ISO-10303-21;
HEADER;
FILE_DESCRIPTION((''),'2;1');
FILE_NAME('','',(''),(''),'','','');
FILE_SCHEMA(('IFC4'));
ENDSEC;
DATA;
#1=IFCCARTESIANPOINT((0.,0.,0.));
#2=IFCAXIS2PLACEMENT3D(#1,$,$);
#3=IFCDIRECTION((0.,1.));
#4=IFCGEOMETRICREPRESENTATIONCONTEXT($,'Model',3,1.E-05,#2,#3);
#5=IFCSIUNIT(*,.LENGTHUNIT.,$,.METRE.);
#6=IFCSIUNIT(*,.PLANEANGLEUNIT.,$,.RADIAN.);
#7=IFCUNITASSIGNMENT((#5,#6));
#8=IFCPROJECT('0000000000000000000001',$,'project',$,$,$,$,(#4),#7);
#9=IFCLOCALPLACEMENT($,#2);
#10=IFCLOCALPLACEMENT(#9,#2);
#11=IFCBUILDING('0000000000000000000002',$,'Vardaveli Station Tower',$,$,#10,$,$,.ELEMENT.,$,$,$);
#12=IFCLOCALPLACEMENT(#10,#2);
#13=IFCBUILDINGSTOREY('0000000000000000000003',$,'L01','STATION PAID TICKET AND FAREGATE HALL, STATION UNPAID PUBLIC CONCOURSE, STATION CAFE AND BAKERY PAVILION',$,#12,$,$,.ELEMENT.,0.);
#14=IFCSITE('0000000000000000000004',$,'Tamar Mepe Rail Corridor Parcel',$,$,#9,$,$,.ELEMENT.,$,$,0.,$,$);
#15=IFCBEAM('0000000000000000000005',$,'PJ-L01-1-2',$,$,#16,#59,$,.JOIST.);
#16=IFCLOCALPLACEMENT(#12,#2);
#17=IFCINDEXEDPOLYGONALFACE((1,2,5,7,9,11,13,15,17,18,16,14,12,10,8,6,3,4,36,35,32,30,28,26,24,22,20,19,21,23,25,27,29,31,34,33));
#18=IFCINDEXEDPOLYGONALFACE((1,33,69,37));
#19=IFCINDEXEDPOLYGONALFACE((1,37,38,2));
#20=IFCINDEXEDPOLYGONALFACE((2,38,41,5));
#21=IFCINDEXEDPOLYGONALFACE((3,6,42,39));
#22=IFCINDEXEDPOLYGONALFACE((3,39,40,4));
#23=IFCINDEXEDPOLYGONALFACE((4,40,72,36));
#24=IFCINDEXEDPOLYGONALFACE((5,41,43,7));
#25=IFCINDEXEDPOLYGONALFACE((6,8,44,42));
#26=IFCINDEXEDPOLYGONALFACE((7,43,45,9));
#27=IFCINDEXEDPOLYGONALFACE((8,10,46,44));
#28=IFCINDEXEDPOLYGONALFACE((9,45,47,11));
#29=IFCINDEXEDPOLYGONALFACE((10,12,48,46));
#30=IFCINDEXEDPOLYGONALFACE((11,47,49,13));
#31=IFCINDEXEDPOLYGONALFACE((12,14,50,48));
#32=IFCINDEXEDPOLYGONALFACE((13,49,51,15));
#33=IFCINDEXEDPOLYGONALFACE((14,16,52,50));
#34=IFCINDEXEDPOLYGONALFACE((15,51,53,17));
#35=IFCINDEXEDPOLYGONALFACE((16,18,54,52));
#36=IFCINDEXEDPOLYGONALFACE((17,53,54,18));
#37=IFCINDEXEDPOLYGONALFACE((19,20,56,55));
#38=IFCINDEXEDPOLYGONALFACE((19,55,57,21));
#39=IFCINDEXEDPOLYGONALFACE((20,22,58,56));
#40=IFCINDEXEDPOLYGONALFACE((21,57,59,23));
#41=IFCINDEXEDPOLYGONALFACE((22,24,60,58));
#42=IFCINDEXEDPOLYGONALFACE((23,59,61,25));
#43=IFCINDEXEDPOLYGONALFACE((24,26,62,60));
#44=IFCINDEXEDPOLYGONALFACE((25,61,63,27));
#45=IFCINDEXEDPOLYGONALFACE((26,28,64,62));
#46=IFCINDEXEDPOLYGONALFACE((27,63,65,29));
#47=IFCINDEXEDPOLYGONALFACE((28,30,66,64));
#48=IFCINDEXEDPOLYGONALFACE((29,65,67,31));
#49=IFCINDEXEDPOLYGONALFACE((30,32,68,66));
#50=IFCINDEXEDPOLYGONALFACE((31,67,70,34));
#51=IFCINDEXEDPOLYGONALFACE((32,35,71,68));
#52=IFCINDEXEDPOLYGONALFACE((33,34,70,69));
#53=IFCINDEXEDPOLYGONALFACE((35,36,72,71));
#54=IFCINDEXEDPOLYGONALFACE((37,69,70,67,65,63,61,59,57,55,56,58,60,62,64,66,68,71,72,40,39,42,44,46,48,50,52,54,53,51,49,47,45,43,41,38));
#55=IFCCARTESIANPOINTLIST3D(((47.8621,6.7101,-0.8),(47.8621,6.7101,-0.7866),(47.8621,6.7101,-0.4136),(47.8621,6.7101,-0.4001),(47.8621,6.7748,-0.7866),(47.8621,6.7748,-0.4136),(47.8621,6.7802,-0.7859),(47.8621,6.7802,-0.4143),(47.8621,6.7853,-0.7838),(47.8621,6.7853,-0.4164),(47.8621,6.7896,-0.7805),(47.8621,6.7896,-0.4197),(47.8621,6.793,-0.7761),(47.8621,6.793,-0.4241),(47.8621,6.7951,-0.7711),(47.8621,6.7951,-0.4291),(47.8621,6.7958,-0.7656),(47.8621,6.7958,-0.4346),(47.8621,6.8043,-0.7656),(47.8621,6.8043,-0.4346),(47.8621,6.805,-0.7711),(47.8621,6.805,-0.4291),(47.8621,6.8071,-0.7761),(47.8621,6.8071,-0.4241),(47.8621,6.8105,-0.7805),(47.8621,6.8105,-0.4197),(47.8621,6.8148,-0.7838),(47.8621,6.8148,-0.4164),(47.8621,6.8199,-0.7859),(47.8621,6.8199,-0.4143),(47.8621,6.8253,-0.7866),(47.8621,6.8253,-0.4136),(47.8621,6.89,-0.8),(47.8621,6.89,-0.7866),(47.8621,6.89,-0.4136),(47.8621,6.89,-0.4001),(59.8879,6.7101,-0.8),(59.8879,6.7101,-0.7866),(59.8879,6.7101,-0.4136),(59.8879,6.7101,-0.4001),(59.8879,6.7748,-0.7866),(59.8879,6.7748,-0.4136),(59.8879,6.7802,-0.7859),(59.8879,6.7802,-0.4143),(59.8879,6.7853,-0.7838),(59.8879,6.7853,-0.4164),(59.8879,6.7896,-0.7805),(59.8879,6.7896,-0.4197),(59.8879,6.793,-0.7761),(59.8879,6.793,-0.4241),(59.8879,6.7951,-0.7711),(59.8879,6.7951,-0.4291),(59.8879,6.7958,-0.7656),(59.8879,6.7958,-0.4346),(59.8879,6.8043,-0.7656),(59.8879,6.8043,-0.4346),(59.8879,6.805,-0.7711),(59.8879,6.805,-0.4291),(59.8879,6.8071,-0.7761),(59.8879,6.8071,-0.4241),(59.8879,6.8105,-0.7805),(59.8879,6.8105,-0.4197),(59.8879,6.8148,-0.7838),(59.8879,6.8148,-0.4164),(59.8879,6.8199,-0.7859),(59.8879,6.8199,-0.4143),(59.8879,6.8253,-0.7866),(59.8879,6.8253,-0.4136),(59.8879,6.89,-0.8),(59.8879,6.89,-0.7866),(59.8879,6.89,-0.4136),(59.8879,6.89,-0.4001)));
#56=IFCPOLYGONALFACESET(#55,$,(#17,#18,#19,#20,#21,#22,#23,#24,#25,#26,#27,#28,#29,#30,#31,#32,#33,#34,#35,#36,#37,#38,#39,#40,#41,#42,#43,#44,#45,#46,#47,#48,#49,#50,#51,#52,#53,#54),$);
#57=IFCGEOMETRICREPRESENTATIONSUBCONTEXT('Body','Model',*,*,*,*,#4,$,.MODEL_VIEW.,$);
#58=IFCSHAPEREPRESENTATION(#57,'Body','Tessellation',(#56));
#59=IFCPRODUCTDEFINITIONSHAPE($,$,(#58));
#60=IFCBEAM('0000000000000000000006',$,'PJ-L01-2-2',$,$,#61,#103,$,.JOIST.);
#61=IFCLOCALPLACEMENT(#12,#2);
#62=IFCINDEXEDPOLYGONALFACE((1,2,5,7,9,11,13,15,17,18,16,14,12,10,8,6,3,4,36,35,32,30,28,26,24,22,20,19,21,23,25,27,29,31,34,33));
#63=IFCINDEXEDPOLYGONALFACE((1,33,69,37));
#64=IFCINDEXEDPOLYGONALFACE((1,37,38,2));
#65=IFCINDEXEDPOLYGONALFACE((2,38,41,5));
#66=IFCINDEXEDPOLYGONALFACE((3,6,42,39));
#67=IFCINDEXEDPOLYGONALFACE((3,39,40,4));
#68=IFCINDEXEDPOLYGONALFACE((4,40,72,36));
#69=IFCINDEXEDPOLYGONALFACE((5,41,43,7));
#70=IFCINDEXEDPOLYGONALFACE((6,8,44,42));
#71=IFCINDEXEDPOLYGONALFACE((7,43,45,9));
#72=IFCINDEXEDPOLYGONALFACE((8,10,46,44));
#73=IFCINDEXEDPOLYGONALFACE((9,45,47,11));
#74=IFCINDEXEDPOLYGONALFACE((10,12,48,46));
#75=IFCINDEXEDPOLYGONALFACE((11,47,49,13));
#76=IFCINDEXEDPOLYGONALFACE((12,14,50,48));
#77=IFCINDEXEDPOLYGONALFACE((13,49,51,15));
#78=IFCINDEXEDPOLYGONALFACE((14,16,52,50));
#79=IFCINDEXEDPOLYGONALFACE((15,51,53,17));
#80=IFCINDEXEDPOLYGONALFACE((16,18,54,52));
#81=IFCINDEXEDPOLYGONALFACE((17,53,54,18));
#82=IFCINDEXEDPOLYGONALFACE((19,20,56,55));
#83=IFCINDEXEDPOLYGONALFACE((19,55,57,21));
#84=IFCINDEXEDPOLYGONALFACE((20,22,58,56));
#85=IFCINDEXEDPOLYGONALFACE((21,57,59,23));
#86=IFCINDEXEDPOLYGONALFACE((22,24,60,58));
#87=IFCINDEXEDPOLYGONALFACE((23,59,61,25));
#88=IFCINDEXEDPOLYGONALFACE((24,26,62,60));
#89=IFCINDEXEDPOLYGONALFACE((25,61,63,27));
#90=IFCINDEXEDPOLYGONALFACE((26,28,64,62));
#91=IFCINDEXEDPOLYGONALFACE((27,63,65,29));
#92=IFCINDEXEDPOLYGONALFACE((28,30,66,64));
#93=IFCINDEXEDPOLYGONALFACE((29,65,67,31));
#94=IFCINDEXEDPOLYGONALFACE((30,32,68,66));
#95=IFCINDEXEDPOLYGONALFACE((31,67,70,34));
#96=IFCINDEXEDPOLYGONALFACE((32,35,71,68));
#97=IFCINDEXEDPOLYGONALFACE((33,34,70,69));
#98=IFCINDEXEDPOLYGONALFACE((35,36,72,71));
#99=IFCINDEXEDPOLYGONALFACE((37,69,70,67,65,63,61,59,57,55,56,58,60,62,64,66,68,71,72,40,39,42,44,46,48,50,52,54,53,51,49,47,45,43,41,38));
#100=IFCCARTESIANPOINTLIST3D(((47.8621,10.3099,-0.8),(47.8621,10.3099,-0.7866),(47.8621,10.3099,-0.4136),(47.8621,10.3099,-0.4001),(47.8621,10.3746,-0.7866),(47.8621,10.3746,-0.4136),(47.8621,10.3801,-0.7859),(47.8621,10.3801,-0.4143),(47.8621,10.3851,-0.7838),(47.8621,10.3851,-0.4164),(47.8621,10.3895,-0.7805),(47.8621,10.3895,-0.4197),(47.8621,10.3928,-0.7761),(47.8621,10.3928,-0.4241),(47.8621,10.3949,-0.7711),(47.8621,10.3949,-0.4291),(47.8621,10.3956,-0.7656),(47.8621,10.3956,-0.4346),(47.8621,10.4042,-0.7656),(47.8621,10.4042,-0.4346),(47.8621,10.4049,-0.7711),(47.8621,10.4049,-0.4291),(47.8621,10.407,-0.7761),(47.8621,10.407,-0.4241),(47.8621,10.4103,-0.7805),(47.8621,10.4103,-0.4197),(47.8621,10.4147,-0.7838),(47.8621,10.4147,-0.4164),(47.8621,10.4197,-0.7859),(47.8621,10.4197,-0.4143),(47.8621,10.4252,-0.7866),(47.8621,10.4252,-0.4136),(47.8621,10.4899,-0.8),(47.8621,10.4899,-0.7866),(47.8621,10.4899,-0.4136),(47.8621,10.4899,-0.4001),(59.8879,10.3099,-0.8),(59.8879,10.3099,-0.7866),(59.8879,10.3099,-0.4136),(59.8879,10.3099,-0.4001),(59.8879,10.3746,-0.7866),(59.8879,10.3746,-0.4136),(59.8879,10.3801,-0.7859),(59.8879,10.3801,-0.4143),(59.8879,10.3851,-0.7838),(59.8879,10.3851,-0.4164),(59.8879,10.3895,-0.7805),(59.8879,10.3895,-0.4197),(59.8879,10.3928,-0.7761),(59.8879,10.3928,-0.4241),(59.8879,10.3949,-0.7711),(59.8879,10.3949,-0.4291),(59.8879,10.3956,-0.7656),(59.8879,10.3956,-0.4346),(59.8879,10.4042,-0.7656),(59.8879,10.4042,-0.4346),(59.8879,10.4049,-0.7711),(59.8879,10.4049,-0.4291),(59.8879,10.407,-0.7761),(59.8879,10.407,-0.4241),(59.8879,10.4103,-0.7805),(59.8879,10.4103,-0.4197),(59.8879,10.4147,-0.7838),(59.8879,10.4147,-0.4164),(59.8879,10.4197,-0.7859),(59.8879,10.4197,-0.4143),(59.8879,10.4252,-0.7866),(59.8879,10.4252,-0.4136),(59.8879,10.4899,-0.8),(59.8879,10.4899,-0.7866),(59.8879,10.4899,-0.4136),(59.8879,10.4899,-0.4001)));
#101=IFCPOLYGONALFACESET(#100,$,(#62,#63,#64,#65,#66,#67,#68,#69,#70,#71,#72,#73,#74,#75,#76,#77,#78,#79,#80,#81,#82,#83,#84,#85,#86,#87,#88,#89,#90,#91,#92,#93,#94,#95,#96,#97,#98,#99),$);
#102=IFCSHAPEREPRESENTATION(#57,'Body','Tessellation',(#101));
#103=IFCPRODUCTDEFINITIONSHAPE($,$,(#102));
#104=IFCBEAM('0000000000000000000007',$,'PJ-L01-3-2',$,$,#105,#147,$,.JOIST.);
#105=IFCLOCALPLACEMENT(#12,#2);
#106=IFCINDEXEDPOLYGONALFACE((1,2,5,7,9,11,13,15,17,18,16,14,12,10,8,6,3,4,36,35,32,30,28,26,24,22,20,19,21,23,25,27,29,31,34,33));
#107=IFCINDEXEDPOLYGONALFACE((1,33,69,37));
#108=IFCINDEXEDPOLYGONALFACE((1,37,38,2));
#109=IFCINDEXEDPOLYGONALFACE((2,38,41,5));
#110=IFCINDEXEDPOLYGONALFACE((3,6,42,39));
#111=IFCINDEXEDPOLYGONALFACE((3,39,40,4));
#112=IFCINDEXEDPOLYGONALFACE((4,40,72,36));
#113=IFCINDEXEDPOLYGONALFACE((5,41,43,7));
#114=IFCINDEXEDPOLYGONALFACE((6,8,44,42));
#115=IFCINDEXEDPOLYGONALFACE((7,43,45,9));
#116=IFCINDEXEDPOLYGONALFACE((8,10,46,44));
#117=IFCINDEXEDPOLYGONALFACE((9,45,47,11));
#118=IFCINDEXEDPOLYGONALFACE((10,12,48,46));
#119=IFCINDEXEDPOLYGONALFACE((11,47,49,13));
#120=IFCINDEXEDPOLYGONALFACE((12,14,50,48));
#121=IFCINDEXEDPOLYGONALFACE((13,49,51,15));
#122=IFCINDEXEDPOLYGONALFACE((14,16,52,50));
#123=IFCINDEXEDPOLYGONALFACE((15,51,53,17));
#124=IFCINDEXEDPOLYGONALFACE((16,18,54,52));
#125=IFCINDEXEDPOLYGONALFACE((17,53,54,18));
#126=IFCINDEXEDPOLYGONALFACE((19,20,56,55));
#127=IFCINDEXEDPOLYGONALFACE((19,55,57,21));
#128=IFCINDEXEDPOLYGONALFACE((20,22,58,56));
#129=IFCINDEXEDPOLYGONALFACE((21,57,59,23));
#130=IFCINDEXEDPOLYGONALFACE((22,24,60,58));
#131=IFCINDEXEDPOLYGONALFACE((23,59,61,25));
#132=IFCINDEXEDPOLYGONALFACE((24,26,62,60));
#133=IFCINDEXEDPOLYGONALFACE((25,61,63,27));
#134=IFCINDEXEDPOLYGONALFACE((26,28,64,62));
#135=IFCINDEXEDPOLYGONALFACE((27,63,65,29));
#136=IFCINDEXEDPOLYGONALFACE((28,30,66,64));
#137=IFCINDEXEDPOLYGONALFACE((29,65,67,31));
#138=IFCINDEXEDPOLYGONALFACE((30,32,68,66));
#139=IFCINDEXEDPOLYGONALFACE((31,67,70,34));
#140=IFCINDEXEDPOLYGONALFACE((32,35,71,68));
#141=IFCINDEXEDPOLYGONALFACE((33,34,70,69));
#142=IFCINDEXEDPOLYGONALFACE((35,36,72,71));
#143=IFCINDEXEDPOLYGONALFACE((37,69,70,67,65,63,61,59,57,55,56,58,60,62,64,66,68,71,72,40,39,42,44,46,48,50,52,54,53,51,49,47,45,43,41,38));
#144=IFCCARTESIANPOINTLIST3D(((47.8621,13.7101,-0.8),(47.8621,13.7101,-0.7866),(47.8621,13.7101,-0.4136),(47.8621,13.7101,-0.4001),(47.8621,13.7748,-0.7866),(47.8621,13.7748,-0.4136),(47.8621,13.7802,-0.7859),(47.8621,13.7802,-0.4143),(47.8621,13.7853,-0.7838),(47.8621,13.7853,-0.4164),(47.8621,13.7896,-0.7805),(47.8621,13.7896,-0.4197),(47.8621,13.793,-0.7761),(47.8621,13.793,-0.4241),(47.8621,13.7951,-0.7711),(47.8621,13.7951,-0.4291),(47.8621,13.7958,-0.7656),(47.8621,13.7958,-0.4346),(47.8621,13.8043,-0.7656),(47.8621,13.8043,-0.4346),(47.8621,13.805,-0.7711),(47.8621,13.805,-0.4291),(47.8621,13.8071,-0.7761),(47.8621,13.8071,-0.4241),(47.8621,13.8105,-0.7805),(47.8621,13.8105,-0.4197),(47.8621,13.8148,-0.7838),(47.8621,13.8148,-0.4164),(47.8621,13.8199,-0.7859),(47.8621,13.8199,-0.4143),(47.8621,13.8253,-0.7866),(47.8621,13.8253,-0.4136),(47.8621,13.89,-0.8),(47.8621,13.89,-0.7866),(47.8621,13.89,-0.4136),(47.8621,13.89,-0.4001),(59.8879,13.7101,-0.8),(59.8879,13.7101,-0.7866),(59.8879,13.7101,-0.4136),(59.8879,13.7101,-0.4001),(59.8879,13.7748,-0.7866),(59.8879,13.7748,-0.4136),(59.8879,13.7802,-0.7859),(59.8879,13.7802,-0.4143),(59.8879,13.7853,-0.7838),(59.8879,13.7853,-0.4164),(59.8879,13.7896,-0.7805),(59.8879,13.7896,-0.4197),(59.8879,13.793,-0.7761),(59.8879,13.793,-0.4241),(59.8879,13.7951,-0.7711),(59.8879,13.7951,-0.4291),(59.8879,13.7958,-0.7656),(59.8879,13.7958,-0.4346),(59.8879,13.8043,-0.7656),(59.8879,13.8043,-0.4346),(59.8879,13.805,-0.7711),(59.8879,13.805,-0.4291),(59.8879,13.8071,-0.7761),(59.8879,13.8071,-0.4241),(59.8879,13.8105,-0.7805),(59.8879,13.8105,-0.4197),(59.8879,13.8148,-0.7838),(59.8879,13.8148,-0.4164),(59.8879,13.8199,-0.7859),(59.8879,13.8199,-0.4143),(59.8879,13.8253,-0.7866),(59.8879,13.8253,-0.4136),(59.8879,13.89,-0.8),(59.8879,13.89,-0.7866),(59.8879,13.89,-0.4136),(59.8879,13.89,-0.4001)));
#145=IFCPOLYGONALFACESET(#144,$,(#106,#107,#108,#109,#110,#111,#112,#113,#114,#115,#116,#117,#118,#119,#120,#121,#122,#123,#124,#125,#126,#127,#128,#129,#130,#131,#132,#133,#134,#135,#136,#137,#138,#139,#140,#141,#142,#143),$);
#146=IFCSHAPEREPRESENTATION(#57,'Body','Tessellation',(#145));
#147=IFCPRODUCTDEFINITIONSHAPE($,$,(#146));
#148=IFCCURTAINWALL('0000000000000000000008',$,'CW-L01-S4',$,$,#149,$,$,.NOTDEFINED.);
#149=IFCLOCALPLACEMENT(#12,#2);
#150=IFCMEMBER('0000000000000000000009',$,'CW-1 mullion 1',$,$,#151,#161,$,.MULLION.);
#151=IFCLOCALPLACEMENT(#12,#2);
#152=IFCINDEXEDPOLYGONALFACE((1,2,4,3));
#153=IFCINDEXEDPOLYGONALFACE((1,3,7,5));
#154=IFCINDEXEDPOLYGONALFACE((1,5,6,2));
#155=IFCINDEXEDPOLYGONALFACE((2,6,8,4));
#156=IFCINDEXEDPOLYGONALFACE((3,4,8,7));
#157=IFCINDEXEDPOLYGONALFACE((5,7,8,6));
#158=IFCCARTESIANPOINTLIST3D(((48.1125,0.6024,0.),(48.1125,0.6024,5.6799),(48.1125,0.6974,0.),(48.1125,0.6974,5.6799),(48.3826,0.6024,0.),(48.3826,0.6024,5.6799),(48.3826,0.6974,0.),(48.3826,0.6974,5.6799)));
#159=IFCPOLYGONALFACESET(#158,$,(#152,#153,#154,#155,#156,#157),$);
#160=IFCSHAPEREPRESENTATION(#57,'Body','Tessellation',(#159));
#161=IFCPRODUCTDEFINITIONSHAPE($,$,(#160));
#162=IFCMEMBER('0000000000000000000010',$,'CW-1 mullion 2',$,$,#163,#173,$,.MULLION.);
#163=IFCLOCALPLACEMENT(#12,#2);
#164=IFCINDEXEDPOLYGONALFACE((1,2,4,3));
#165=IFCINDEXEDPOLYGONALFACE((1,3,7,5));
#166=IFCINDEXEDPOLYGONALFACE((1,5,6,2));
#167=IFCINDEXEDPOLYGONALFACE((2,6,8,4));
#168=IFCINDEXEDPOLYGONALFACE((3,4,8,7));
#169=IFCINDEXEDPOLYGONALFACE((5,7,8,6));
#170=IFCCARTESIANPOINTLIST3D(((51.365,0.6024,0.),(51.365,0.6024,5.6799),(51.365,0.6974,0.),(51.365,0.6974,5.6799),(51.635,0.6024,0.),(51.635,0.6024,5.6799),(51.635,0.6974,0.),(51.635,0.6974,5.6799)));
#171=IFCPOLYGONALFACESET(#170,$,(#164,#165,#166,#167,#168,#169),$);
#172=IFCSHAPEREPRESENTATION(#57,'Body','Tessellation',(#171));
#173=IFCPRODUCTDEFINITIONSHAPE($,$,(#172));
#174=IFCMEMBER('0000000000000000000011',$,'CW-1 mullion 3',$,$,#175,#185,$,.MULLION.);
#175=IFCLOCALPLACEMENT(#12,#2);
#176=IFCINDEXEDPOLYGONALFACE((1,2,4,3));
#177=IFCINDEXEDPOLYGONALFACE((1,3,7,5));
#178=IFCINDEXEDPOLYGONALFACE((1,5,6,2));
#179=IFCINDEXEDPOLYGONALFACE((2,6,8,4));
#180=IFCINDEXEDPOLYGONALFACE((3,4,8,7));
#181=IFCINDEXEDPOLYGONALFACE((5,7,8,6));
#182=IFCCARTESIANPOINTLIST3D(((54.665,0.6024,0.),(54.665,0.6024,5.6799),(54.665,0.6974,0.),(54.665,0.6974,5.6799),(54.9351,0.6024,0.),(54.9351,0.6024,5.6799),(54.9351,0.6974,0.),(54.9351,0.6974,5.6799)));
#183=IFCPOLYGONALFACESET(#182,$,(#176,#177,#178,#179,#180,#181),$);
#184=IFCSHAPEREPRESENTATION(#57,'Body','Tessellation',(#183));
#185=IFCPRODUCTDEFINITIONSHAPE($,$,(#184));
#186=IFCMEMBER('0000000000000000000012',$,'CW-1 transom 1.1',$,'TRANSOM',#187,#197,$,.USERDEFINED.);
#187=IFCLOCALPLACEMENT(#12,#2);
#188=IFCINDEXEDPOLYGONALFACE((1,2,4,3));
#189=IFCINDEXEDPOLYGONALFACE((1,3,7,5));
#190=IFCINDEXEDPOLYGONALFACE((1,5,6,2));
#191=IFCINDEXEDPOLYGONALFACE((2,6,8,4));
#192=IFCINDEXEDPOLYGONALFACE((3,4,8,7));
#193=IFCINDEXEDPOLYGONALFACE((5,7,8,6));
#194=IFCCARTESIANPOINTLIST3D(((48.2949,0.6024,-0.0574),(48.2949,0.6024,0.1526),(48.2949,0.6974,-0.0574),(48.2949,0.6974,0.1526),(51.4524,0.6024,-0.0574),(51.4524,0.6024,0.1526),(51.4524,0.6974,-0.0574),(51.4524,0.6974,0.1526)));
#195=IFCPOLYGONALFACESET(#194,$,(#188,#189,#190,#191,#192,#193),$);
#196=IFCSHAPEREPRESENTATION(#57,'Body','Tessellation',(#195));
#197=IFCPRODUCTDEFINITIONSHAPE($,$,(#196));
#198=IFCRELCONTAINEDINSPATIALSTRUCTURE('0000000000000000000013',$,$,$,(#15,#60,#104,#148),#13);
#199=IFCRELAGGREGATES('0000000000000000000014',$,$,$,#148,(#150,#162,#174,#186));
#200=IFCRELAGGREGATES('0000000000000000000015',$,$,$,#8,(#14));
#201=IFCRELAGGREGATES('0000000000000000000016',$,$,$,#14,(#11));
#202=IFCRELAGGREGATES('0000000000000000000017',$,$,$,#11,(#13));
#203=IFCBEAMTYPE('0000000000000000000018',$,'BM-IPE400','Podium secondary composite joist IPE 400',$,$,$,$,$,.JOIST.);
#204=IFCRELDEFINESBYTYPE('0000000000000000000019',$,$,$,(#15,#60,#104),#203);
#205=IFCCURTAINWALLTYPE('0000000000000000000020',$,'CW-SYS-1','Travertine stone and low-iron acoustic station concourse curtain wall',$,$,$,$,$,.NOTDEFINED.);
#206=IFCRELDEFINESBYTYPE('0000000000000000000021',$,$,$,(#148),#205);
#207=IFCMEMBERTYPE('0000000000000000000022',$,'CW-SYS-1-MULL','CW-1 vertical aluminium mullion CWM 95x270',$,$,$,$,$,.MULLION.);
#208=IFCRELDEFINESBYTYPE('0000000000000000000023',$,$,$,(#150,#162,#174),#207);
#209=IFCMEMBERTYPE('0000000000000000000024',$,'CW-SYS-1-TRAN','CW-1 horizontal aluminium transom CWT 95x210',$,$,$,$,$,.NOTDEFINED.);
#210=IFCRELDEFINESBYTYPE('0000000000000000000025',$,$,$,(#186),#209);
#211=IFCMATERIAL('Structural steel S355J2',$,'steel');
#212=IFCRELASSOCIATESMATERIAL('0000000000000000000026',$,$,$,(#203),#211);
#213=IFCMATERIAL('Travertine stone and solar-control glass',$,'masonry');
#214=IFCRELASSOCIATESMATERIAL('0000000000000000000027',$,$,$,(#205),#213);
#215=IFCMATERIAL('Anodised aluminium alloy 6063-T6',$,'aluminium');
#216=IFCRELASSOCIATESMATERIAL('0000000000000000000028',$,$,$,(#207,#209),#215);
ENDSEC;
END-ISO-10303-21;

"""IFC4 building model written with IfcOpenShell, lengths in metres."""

from ifc_helpers import new_model, si_unit, direction, frame, origin, origin_2d, place, context, subcontext, project, spatial, rectangle, i_section, extrude, source, transform, mapped, material, material_profile, profile_set, type_object, element, aggregate, save


model = new_model("IFC4")

# Units and contexts
model_context = context("Model", 3, precision=1e-05, world=origin(), true_north=direction((0.0, 1.0)))
body_context = subcontext(model_context, "Body", "Model", "MODEL_VIEW")
ifc_project = project(units=[si_unit("LENGTHUNIT", "METRE"), si_unit("PLANEANGLEUNIT", "RADIAN")], contexts=[model_context])

# Site, building, storey
site_placement = place(None, origin())
site = spatial("IfcSite", under=ifc_project, at=site_placement, Name="Tamar Mepe Rail Corridor Parcel", CompositionType="ELEMENT", RefElevation=0.0)
building_placement = place(site_placement, origin())
building = spatial("IfcBuilding", under=site, at=building_placement, Name="Vardaveli Station Tower", CompositionType="ELEMENT")
storey_placement = place(building_placement, origin())
storey = spatial("IfcBuildingStorey", under=building, at=storey_placement, Name="L01", Description="STATION PAID TICKET AND FAREGATE HALL, STATION UNPAID PUBLIC CONCOURSE, STATION CAFE AND BAKERY PAVILION", CompositionType="ELEMENT", Elevation=0.0)

# Beams
ifc_material_1 = material(Name="Structural steel S355J2", Category="steel")
ifc_material_profile_1 = material_profile(ifc_material_1, i_section(OverallWidth=0.1799, OverallDepth=0.3999, WebThickness=0.0085, FlangeThickness=0.0134, FilletRadius=0.021, at=origin_2d()), Name="IPE 400")
ifc_profile_set_1 = profile_set([ifc_material_profile_1], Name="Structural steel S355J2")
beam_type_1 = type_object("IfcBeamType", Name="BM-IPE400", Description="Podium secondary composite joist IPE 400", PredefinedType="JOIST", material=ifc_profile_set_1)
shared_shape_1 = source(origin(), body_context, "Body", "SweptSolid", [
    extrude(i_section(OverallWidth=0.1799, OverallDepth=0.3999, WebThickness=0.0085, FlangeThickness=0.0134, FilletRadius=0.021, at=origin_2d()), origin(), (0.0, 0.0, 1.0), 12.0259),
])
for number, where, z_axis, x_axis, name in (
    (1, (47.8621, 6.8, -0.6001), (1.0, 0.0, 0.0), (0.0, 1.0, 0.0), "PJ-L01-1-2"),
    (2, (47.8621, 10.3999, -0.6001), (1.0, 0.0, 0.0), (0.0, 1.0, 0.0), "PJ-L01-2-2"),
    (3, (47.8621, 13.8, -0.6001), (1.0, 0.0, 0.0), (0.0, 1.0, 0.0), "PJ-L01-3-2"),
):
    element("IfcBeam", number, at=place(storey_placement, frame(where, z_axis=z_axis, x_axis=x_axis)), inside=storey, type_object=beam_type_1, Name=name, PredefinedType="JOIST", context=body_context, shape_type="MappedRepresentation", body=[
        mapped(shared_shape_1, transform((0.0, 0.0, 0.0), scale=1.0)),
    ])

# Curtain wall, members
ifc_material_2 = material(Name="Travertine stone and solar-control glass", Category="masonry")
curtain_wall_type = type_object("IfcCurtainWallType", Name="CW-SYS-1", Description="Travertine stone and low-iron acoustic station concourse curtain wall", PredefinedType="NOTDEFINED", material=ifc_material_2)
curtain_wall_placement = place(storey_placement, origin())
curtain_wall = element("IfcCurtainWall", 4, at=curtain_wall_placement, inside=storey, type_object=curtain_wall_type, Name="CW-L01-S4", PredefinedType="NOTDEFINED")
ifc_material_3 = material(Name="Anodised aluminium alloy 6063-T6", Category="aluminium")
ifc_material_profile_2 = material_profile(ifc_material_3, rectangle(XDim=0.095, YDim=0.27, at=origin_2d()), Name="CWM 95x270")
ifc_profile_set_2 = profile_set([ifc_material_profile_2], Name="Anodised aluminium alloy 6063-T6")
member_type_1 = type_object("IfcMemberType", Name="CW-SYS-1-MULL", Description="CW-1 vertical aluminium mullion CWM 95x270", PredefinedType="MULLION", material=ifc_profile_set_2)
shared_shape_2 = source(origin(), body_context, "Body", "SweptSolid", [
    extrude(rectangle(XDim=0.095, YDim=0.27, at=origin_2d()), origin(), (0.0, 0.0, 1.0), 5.6799),
])
member_1_placement = place(storey_placement, frame((48.2476, 0.6499, 0.0), z_axis=(0.0, 0.0, 1.0), x_axis=(0.0, 1.0, 0.0)))
member_1 = element("IfcMember", 5, at=member_1_placement, type_object=member_type_1, Name="CW-1 mullion 1", PredefinedType="MULLION", context=body_context, shape_type="MappedRepresentation", body=[
    mapped(shared_shape_2, transform((0.0, 0.0, 0.0), scale=1.0)),
])
member_2_placement = place(storey_placement, frame((51.5, 0.6499, 0.0), z_axis=(0.0, 0.0, 1.0), x_axis=(0.0, 1.0, 0.0)))
member_2 = element("IfcMember", 6, at=member_2_placement, type_object=member_type_1, Name="CW-1 mullion 2", PredefinedType="MULLION", context=body_context, shape_type="MappedRepresentation", body=[
    mapped(shared_shape_2, transform((0.0, 0.0, 0.0), scale=1.0)),
])
member_3_placement = place(storey_placement, frame((54.8, 0.6499, 0.0), z_axis=(0.0, 0.0, 1.0), x_axis=(0.0, 1.0, 0.0)))
member_3 = element("IfcMember", 7, at=member_3_placement, type_object=member_type_1, Name="CW-1 mullion 3", PredefinedType="MULLION", context=body_context, shape_type="MappedRepresentation", body=[
    mapped(shared_shape_2, transform((0.0, 0.0, 0.0), scale=1.0)),
])
ifc_material_profile_3 = material_profile(ifc_material_3, rectangle(XDim=0.095, YDim=0.21, at=origin_2d()), Name="CWT 95x210")
ifc_profile_set_3 = profile_set([ifc_material_profile_3], Name="Anodised aluminium alloy 6063-T6")
member_type_2 = type_object("IfcMemberType", Name="CW-SYS-1-TRAN", Description="CW-1 horizontal aluminium transom CWT 95x210", PredefinedType="NOTDEFINED", material=ifc_profile_set_3)
shared_shape_3 = source(origin(), body_context, "Body", "SweptSolid", [
    extrude(rectangle(XDim=0.095, YDim=0.21, at=origin_2d()), origin(), (0.0, 0.0, 1.0), 3.1575),
])
member_4_placement = place(storey_placement, frame((48.2949, 0.6499, 0.0476), z_axis=(1.0, 0.0, 0.0), x_axis=(0.0, 1.0, 0.0)))
member_4 = element("IfcMember", 8, at=member_4_placement, type_object=member_type_2, Name="CW-1 transom 1.1", ObjectType="TRANSOM", PredefinedType="USERDEFINED", context=body_context, shape_type="MappedRepresentation", body=[
    mapped(shared_shape_3, transform((0.0, 0.0, 0.0), scale=1.0)),
])
aggregate(curtain_wall, [member_1, member_2, member_3, member_4])

save(model, "model.ifc")
